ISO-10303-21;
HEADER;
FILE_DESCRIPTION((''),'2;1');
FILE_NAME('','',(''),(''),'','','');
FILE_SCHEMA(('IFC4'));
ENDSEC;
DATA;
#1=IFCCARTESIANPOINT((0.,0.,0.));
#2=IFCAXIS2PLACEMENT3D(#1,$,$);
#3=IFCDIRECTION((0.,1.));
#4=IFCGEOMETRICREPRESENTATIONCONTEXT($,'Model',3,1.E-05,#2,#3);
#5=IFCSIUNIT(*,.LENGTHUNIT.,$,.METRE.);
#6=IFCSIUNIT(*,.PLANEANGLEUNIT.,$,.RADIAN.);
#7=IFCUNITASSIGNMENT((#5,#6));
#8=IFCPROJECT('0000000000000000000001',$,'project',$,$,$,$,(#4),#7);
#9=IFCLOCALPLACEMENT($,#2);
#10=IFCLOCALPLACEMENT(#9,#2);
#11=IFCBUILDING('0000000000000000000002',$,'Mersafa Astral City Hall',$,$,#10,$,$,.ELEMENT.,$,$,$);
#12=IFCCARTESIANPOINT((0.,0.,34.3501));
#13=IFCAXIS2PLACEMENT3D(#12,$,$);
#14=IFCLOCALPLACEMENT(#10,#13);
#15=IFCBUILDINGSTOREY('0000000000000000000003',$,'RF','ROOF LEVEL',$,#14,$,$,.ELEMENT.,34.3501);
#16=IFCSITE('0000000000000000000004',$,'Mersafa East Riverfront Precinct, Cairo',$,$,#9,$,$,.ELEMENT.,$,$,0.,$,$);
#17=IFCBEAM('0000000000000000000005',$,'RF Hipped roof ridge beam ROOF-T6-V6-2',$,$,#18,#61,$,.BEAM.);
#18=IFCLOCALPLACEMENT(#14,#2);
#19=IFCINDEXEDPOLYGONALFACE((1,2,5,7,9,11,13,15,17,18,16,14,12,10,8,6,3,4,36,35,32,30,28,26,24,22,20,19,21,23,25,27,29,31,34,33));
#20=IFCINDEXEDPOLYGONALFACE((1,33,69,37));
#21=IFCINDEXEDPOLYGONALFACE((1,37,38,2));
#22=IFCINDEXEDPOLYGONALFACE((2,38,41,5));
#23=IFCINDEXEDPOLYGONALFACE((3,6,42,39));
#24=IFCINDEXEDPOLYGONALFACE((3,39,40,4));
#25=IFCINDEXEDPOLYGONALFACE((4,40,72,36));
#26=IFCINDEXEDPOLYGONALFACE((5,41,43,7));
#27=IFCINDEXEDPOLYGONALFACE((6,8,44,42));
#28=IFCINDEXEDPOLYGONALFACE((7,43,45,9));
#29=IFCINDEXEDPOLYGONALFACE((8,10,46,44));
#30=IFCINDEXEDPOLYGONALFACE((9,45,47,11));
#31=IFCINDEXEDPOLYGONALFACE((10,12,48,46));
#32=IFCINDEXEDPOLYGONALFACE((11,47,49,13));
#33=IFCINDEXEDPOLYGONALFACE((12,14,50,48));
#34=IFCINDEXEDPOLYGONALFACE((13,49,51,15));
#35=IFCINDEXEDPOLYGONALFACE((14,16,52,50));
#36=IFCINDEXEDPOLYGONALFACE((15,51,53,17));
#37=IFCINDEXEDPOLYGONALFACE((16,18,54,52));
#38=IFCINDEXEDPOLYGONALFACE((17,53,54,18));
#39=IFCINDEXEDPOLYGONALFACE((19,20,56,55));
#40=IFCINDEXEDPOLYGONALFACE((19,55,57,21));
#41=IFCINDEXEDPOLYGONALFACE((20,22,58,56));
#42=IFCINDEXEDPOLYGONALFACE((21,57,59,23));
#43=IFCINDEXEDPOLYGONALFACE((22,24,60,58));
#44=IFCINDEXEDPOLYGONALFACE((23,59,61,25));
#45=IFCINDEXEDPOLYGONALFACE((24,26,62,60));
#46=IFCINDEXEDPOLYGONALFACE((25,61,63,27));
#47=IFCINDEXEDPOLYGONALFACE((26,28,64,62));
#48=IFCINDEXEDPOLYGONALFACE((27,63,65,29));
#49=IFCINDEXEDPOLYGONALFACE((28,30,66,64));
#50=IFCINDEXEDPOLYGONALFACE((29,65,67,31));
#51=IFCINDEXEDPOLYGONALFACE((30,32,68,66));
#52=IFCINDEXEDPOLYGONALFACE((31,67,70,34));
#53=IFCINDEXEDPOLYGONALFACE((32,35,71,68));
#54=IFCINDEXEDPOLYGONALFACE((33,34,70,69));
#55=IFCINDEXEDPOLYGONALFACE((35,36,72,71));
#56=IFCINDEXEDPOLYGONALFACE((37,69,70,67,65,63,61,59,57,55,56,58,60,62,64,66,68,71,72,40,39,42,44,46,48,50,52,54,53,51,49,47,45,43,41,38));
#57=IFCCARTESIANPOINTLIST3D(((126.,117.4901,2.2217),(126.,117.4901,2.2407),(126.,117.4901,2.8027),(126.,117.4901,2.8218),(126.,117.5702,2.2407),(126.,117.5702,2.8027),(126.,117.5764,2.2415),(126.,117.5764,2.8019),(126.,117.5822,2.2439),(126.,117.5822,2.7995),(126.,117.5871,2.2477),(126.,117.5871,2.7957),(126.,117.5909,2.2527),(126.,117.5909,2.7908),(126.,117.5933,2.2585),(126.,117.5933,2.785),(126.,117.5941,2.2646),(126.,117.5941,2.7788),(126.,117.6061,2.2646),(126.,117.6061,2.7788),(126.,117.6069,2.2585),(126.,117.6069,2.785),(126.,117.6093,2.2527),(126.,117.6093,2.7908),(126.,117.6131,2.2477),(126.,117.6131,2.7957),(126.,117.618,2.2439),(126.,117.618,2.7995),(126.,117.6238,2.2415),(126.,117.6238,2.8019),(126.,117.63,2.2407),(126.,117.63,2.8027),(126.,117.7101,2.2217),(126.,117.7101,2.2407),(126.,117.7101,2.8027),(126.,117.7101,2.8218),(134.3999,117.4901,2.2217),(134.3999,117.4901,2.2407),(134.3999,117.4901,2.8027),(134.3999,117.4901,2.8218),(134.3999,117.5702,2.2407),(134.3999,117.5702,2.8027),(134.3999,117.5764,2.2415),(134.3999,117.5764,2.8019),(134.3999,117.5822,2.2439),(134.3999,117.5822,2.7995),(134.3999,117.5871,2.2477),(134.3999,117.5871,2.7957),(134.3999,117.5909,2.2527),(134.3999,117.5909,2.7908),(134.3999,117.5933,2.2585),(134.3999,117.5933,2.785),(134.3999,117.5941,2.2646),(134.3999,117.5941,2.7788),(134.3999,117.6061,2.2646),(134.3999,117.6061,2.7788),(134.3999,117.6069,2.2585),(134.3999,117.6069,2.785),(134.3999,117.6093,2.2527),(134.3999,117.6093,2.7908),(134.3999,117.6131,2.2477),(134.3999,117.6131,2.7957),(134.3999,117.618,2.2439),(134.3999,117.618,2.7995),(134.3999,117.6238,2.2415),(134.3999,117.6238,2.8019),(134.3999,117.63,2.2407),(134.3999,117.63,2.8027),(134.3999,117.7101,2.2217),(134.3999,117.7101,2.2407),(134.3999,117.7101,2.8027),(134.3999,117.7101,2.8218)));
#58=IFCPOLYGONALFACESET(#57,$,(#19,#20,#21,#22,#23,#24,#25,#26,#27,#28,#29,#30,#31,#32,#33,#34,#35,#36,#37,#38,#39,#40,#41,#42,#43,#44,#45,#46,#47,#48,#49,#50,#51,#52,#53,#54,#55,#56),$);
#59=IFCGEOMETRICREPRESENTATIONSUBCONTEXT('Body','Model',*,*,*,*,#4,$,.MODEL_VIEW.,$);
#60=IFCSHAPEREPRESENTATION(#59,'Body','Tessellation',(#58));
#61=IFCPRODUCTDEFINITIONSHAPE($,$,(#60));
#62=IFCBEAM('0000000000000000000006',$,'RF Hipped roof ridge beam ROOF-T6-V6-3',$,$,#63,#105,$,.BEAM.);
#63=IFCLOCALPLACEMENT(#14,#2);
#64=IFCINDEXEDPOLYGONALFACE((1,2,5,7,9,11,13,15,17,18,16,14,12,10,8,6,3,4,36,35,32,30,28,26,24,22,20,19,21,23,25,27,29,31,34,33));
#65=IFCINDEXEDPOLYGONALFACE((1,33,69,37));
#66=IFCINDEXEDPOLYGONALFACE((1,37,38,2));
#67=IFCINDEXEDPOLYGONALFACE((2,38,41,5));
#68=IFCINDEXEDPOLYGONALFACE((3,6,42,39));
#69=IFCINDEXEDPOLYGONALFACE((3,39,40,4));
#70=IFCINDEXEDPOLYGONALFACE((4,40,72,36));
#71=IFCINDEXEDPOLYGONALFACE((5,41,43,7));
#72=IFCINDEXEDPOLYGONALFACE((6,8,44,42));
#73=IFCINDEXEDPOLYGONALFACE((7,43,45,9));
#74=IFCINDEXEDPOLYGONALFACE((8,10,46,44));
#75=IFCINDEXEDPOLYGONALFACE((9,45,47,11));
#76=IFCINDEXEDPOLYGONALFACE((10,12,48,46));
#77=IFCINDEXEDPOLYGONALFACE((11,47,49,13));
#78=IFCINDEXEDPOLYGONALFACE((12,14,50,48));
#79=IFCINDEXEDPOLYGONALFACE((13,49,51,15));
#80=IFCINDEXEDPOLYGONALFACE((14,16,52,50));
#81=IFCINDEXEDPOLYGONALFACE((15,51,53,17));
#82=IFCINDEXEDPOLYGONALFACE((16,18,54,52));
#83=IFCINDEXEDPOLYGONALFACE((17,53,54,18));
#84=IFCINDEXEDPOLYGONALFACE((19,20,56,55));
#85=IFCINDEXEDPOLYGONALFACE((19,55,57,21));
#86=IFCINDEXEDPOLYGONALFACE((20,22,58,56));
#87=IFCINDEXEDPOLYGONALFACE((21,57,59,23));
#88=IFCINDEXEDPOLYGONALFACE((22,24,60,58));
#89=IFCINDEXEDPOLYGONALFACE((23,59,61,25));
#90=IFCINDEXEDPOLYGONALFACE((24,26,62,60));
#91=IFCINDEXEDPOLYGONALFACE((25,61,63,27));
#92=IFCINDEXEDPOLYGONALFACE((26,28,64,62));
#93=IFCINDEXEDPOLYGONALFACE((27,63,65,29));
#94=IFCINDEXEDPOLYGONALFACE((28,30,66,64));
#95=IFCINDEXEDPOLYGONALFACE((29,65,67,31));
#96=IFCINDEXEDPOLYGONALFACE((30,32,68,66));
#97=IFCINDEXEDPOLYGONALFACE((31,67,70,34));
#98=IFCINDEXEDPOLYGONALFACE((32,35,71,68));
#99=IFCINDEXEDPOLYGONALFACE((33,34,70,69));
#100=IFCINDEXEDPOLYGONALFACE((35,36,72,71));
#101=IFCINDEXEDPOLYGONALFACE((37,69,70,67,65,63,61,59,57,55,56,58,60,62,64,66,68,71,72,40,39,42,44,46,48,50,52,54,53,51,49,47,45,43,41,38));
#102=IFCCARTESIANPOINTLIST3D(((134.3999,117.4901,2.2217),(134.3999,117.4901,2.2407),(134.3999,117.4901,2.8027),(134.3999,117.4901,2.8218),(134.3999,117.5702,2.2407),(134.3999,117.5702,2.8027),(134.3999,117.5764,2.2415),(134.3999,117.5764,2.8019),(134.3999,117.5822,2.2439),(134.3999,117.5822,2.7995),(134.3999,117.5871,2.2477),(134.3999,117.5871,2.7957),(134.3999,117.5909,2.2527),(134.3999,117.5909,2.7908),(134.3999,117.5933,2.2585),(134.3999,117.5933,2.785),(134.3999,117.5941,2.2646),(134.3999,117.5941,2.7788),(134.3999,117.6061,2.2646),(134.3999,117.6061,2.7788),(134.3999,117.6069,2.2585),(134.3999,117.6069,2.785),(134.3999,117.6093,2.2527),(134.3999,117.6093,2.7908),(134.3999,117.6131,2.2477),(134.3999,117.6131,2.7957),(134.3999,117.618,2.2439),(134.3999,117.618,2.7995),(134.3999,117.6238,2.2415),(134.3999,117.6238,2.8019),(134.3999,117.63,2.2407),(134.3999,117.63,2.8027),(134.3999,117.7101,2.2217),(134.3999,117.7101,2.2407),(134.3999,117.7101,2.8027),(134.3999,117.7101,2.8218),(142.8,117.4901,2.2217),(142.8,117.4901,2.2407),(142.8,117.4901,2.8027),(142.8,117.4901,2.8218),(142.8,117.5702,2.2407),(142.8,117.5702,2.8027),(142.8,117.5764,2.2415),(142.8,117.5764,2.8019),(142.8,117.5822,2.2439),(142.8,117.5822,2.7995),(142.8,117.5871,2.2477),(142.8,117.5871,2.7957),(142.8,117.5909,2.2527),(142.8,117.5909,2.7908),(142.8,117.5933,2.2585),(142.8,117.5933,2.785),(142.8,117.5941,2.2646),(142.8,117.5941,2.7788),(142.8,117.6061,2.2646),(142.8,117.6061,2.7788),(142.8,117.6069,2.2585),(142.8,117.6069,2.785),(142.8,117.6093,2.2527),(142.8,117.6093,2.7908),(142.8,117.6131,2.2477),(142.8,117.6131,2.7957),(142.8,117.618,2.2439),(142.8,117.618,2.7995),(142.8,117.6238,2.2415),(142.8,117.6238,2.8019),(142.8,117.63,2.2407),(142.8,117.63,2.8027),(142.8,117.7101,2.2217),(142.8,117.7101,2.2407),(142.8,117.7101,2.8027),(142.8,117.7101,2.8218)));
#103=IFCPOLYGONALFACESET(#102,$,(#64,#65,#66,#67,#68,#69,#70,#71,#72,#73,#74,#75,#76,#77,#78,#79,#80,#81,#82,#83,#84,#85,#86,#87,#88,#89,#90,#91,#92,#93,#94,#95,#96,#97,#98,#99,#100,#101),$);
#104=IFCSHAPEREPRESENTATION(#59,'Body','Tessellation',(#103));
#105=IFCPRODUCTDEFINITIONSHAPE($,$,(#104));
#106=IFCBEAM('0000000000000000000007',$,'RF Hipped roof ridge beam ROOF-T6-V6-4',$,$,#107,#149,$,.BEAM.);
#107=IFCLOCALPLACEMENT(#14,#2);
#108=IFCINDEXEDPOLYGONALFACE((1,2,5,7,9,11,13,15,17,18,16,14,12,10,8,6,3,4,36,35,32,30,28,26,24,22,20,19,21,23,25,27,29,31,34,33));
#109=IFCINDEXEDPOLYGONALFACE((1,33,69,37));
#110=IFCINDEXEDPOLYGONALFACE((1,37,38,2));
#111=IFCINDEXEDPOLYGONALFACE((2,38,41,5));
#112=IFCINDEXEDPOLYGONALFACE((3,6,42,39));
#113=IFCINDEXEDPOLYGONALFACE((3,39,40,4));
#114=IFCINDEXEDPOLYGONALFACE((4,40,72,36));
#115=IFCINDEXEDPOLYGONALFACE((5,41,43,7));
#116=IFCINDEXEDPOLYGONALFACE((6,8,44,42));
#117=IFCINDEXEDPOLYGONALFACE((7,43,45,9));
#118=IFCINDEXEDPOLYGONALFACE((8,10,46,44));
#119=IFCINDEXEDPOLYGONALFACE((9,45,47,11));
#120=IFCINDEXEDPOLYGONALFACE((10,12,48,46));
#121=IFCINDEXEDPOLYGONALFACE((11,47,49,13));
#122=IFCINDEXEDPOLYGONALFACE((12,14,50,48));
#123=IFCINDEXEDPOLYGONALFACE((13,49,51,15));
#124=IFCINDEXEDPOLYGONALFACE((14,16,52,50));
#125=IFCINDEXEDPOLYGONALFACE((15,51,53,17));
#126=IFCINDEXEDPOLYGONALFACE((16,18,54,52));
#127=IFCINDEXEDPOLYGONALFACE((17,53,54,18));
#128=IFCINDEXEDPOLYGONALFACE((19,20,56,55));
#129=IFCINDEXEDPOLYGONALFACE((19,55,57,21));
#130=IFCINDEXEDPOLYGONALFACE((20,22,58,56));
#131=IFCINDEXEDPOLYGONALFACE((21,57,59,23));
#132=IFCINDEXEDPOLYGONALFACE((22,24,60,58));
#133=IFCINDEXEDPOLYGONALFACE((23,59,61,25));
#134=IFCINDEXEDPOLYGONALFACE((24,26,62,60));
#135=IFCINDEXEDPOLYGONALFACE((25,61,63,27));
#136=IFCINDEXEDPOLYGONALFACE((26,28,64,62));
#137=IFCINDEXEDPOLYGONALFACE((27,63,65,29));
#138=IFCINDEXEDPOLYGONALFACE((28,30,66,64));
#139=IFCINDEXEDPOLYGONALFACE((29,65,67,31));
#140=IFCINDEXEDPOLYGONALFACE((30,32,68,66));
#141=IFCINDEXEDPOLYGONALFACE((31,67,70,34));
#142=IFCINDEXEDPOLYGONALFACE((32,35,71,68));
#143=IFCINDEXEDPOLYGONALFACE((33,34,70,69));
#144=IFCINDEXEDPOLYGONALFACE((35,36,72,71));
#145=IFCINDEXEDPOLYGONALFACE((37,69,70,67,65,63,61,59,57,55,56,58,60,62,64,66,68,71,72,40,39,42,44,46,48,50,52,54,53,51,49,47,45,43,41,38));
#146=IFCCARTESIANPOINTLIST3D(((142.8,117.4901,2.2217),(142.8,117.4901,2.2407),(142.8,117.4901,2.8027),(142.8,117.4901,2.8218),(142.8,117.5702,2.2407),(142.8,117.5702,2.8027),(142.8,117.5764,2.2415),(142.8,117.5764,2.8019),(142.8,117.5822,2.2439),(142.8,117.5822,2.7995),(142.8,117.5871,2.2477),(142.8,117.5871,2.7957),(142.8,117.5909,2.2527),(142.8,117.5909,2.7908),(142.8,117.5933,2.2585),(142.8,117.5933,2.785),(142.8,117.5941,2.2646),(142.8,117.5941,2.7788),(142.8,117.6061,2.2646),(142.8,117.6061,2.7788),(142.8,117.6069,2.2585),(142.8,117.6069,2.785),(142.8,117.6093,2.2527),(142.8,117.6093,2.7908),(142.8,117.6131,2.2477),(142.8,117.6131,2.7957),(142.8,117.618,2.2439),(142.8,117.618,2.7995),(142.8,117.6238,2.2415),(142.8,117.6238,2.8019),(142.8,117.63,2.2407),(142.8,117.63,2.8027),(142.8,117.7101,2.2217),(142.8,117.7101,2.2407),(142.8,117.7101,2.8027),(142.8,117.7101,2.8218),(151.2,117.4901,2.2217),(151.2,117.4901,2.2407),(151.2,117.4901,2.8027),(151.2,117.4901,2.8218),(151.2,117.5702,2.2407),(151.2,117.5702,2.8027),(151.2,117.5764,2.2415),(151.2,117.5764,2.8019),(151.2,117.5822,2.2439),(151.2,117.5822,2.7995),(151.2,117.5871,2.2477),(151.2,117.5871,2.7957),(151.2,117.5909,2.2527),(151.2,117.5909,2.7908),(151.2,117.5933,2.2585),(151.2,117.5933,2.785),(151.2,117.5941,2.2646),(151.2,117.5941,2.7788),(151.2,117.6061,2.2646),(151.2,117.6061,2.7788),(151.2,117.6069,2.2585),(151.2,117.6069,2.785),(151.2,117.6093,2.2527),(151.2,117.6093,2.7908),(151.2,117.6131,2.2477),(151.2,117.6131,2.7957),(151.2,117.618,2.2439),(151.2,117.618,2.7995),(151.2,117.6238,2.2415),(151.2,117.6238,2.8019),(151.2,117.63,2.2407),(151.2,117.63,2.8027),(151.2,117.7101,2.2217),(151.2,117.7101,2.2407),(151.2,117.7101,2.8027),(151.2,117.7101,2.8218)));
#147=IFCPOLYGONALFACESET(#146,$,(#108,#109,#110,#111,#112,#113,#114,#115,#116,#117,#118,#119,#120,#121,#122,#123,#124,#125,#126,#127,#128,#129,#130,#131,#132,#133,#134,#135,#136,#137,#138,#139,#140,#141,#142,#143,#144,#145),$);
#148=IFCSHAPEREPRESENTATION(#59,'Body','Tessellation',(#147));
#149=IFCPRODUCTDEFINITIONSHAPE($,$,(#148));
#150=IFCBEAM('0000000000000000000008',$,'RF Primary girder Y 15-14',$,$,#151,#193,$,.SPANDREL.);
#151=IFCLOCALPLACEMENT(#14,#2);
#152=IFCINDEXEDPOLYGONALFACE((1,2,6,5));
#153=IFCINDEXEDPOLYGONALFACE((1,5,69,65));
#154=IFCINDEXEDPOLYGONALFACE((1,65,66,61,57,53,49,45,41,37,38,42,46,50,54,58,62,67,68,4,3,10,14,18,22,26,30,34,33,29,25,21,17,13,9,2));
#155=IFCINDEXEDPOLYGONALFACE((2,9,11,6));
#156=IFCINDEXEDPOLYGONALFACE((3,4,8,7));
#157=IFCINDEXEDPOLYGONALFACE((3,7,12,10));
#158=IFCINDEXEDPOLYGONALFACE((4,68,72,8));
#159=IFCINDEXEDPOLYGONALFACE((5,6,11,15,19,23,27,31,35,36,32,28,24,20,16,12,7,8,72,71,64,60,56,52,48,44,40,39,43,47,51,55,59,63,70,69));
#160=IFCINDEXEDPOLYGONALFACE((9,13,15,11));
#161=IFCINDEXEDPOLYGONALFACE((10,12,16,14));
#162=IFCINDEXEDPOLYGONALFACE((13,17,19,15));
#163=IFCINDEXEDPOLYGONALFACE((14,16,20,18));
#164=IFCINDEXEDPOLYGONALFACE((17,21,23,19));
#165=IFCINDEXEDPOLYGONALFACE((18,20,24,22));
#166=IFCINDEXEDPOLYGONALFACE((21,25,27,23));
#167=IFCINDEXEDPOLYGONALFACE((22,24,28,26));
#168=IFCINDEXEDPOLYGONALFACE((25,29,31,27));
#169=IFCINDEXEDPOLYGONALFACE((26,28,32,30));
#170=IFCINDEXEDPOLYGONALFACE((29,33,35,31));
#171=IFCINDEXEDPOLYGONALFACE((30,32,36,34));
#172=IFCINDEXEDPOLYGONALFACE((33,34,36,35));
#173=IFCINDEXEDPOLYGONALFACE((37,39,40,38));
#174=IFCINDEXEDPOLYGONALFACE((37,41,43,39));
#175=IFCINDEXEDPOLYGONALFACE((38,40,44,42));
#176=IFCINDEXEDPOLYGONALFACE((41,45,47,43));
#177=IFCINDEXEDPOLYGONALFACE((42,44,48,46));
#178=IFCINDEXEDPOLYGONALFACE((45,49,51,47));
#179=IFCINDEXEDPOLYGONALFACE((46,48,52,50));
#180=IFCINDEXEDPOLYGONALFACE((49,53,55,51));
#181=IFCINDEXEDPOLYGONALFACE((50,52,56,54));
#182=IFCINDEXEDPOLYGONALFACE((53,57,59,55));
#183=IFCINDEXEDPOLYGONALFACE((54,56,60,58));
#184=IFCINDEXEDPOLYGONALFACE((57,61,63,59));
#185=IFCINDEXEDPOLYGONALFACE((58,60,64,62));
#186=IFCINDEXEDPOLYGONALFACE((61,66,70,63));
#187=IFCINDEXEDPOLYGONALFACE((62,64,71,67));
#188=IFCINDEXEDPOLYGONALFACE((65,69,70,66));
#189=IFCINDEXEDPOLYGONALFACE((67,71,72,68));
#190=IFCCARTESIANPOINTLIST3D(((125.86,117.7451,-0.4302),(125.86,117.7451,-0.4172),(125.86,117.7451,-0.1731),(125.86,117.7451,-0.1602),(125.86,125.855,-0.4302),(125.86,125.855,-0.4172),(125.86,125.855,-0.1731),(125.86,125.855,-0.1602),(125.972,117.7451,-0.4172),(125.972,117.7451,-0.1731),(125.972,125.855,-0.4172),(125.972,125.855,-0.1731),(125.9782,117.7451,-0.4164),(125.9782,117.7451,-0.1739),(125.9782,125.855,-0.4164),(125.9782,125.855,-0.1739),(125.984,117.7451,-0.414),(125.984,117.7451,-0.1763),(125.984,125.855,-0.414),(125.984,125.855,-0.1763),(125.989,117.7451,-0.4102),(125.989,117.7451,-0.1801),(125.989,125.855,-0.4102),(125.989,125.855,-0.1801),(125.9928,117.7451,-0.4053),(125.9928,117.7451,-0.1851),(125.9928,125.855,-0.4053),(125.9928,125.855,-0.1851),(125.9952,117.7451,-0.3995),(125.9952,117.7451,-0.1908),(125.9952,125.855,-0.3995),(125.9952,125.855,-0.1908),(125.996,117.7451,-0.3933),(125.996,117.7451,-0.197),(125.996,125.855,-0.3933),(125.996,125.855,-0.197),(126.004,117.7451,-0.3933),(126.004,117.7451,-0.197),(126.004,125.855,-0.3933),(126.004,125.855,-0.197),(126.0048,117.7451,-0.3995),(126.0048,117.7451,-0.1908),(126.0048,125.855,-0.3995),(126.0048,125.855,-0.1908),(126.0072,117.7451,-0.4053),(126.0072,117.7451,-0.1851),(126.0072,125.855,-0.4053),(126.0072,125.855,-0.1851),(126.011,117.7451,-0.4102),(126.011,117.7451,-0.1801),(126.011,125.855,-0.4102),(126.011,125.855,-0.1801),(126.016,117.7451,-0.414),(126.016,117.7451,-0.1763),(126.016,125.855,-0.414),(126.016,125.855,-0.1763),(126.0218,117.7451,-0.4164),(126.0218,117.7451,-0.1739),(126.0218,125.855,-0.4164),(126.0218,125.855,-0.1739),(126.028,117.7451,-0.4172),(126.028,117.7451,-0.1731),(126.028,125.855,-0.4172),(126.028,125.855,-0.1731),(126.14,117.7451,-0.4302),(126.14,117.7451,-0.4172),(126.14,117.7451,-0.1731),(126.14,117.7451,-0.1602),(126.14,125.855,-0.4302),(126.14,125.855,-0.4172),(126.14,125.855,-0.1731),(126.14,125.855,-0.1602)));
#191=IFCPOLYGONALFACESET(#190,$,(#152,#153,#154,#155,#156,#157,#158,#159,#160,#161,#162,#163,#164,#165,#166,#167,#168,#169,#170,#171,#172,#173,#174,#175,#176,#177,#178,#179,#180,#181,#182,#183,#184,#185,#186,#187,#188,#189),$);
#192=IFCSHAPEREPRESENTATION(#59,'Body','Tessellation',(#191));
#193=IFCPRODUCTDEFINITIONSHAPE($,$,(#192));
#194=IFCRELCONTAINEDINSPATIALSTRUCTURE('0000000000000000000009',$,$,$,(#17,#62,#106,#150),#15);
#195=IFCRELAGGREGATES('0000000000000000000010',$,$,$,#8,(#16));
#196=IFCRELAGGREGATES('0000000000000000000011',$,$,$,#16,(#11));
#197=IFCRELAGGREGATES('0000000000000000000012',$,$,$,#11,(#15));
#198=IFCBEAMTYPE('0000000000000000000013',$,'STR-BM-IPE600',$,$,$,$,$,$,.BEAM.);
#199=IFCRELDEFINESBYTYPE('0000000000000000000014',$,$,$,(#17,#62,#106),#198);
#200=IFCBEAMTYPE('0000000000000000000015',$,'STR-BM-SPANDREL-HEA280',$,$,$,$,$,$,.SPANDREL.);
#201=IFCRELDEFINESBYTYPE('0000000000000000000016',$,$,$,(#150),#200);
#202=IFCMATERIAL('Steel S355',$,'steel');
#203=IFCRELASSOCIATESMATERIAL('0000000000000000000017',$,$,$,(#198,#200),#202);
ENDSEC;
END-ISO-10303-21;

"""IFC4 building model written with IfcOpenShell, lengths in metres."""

from ifc_helpers import new_model, si_unit, direction, frame, origin, origin_2d, place, context, subcontext, project, spatial, i_section, extrude, material, material_profile, profile_set, type_object, element, save


model = new_model("IFC4")

# Units and contexts
model_context = context("Model", 3, precision=1e-05, world=origin(), true_north=direction((0.0, 1.0)))
body_context = subcontext(model_context, "Body", "Model", "MODEL_VIEW")
ifc_project = project(units=[si_unit("LENGTHUNIT", "METRE"), si_unit("PLANEANGLEUNIT", "RADIAN")], contexts=[model_context])

# Site, building, storey
site_placement = place(None, origin())
site = spatial("IfcSite", under=ifc_project, at=site_placement, Name="Mersafa East Riverfront Precinct, Cairo", CompositionType="ELEMENT", RefElevation=0.0)
building_placement = place(site_placement, origin())
building = spatial("IfcBuilding", under=site, at=building_placement, Name="Mersafa Astral City Hall", CompositionType="ELEMENT")
storey_placement = place(building_placement, frame((0.0, 0.0, 34.3501)))
storey = spatial("IfcBuildingStorey", under=building, at=storey_placement, Name="RF", Description="ROOF LEVEL", CompositionType="ELEMENT", Elevation=34.3501)

# Shared definitions
ifc_material = material(Name="Steel S355", Category="steel")

# Beams
ifc_material_profile_1 = material_profile(ifc_material, i_section(OverallWidth=0.22, OverallDepth=0.6001, WebThickness=0.012, FlangeThickness=0.019, FilletRadius=0.0239, at=origin_2d()), Name="IPE 600")
ifc_profile_set_1 = profile_set([ifc_material_profile_1], Name="Steel S355")
beam_type_1 = type_object("IfcBeamType", Name="STR-BM-IPE600", PredefinedType="BEAM", material=ifc_profile_set_1)
beam_1_placement = place(storey_placement, frame((126.0, 117.6001, 2.5217), z_axis=(1.0, 0.0, 0.0), x_axis=(0.0, 1.0, 0.0)))
element("IfcBeam", 1, at=beam_1_placement, inside=storey, type_object=beam_type_1, Name="RF Hipped roof ridge beam ROOF-T6-V6-2", PredefinedType="BEAM", context=body_context, shape_type="SweptSolid", body=[
    extrude(i_section(OverallWidth=0.22, OverallDepth=0.6001, WebThickness=0.012, FlangeThickness=0.019, FilletRadius=0.0239, at=origin_2d()), origin(), (0.0, 0.0, 1.0), 8.3999),
])
beam_2_placement = place(storey_placement, frame((134.3999, 117.6001, 2.5217), z_axis=(1.0, 0.0, 0.0), x_axis=(0.0, 1.0, 0.0)))
element("IfcBeam", 2, at=beam_2_placement, inside=storey, type_object=beam_type_1, Name="RF Hipped roof ridge beam ROOF-T6-V6-3", PredefinedType="BEAM", context=body_context, shape_type="SweptSolid", body=[
    extrude(i_section(OverallWidth=0.22, OverallDepth=0.6001, WebThickness=0.012, FlangeThickness=0.019, FilletRadius=0.0239, at=origin_2d()), origin(), (0.0, 0.0, 1.0), 8.4001),
])
beam_3_placement = place(storey_placement, frame((142.8, 117.6001, 2.5217), z_axis=(1.0, 0.0, 0.0), x_axis=(0.0, 1.0, 0.0)))
element("IfcBeam", 3, at=beam_3_placement, inside=storey, type_object=beam_type_1, Name="RF Hipped roof ridge beam ROOF-T6-V6-4", PredefinedType="BEAM", context=body_context, shape_type="SweptSolid", body=[
    extrude(i_section(OverallWidth=0.22, OverallDepth=0.6001, WebThickness=0.012, FlangeThickness=0.019, FilletRadius=0.0239, at=origin_2d()), origin(), (0.0, 0.0, 1.0), 8.3999),
])
ifc_material_profile_2 = material_profile(ifc_material, i_section(OverallWidth=0.28, OverallDepth=0.27, WebThickness=0.0081, FlangeThickness=0.0129, FilletRadius=0.0239, at=origin_2d()), Name="HEA 280")
ifc_profile_set_2 = profile_set([ifc_material_profile_2], Name="Steel S355")
beam_type_2 = type_object("IfcBeamType", Name="STR-BM-SPANDREL-HEA280", PredefinedType="SPANDREL", material=ifc_profile_set_2)
beam_4_placement = place(storey_placement, frame((126.0, 117.7451, -0.2952), z_axis=(0.0, 1.0, 0.0), x_axis=(-1.0, 0.0, 0.0)))
element("IfcBeam", 4, at=beam_4_placement, inside=storey, type_object=beam_type_2, Name="RF Primary girder Y 15-14", PredefinedType="SPANDREL", context=body_context, shape_type="SweptSolid", body=[
    extrude(i_section(OverallWidth=0.28, OverallDepth=0.27, WebThickness=0.0081, FlangeThickness=0.0129, FilletRadius=0.0239, at=origin_2d()), origin(), (0.0, 0.0, 1.0), 8.1099),
])

save(model, "model.ifc")
